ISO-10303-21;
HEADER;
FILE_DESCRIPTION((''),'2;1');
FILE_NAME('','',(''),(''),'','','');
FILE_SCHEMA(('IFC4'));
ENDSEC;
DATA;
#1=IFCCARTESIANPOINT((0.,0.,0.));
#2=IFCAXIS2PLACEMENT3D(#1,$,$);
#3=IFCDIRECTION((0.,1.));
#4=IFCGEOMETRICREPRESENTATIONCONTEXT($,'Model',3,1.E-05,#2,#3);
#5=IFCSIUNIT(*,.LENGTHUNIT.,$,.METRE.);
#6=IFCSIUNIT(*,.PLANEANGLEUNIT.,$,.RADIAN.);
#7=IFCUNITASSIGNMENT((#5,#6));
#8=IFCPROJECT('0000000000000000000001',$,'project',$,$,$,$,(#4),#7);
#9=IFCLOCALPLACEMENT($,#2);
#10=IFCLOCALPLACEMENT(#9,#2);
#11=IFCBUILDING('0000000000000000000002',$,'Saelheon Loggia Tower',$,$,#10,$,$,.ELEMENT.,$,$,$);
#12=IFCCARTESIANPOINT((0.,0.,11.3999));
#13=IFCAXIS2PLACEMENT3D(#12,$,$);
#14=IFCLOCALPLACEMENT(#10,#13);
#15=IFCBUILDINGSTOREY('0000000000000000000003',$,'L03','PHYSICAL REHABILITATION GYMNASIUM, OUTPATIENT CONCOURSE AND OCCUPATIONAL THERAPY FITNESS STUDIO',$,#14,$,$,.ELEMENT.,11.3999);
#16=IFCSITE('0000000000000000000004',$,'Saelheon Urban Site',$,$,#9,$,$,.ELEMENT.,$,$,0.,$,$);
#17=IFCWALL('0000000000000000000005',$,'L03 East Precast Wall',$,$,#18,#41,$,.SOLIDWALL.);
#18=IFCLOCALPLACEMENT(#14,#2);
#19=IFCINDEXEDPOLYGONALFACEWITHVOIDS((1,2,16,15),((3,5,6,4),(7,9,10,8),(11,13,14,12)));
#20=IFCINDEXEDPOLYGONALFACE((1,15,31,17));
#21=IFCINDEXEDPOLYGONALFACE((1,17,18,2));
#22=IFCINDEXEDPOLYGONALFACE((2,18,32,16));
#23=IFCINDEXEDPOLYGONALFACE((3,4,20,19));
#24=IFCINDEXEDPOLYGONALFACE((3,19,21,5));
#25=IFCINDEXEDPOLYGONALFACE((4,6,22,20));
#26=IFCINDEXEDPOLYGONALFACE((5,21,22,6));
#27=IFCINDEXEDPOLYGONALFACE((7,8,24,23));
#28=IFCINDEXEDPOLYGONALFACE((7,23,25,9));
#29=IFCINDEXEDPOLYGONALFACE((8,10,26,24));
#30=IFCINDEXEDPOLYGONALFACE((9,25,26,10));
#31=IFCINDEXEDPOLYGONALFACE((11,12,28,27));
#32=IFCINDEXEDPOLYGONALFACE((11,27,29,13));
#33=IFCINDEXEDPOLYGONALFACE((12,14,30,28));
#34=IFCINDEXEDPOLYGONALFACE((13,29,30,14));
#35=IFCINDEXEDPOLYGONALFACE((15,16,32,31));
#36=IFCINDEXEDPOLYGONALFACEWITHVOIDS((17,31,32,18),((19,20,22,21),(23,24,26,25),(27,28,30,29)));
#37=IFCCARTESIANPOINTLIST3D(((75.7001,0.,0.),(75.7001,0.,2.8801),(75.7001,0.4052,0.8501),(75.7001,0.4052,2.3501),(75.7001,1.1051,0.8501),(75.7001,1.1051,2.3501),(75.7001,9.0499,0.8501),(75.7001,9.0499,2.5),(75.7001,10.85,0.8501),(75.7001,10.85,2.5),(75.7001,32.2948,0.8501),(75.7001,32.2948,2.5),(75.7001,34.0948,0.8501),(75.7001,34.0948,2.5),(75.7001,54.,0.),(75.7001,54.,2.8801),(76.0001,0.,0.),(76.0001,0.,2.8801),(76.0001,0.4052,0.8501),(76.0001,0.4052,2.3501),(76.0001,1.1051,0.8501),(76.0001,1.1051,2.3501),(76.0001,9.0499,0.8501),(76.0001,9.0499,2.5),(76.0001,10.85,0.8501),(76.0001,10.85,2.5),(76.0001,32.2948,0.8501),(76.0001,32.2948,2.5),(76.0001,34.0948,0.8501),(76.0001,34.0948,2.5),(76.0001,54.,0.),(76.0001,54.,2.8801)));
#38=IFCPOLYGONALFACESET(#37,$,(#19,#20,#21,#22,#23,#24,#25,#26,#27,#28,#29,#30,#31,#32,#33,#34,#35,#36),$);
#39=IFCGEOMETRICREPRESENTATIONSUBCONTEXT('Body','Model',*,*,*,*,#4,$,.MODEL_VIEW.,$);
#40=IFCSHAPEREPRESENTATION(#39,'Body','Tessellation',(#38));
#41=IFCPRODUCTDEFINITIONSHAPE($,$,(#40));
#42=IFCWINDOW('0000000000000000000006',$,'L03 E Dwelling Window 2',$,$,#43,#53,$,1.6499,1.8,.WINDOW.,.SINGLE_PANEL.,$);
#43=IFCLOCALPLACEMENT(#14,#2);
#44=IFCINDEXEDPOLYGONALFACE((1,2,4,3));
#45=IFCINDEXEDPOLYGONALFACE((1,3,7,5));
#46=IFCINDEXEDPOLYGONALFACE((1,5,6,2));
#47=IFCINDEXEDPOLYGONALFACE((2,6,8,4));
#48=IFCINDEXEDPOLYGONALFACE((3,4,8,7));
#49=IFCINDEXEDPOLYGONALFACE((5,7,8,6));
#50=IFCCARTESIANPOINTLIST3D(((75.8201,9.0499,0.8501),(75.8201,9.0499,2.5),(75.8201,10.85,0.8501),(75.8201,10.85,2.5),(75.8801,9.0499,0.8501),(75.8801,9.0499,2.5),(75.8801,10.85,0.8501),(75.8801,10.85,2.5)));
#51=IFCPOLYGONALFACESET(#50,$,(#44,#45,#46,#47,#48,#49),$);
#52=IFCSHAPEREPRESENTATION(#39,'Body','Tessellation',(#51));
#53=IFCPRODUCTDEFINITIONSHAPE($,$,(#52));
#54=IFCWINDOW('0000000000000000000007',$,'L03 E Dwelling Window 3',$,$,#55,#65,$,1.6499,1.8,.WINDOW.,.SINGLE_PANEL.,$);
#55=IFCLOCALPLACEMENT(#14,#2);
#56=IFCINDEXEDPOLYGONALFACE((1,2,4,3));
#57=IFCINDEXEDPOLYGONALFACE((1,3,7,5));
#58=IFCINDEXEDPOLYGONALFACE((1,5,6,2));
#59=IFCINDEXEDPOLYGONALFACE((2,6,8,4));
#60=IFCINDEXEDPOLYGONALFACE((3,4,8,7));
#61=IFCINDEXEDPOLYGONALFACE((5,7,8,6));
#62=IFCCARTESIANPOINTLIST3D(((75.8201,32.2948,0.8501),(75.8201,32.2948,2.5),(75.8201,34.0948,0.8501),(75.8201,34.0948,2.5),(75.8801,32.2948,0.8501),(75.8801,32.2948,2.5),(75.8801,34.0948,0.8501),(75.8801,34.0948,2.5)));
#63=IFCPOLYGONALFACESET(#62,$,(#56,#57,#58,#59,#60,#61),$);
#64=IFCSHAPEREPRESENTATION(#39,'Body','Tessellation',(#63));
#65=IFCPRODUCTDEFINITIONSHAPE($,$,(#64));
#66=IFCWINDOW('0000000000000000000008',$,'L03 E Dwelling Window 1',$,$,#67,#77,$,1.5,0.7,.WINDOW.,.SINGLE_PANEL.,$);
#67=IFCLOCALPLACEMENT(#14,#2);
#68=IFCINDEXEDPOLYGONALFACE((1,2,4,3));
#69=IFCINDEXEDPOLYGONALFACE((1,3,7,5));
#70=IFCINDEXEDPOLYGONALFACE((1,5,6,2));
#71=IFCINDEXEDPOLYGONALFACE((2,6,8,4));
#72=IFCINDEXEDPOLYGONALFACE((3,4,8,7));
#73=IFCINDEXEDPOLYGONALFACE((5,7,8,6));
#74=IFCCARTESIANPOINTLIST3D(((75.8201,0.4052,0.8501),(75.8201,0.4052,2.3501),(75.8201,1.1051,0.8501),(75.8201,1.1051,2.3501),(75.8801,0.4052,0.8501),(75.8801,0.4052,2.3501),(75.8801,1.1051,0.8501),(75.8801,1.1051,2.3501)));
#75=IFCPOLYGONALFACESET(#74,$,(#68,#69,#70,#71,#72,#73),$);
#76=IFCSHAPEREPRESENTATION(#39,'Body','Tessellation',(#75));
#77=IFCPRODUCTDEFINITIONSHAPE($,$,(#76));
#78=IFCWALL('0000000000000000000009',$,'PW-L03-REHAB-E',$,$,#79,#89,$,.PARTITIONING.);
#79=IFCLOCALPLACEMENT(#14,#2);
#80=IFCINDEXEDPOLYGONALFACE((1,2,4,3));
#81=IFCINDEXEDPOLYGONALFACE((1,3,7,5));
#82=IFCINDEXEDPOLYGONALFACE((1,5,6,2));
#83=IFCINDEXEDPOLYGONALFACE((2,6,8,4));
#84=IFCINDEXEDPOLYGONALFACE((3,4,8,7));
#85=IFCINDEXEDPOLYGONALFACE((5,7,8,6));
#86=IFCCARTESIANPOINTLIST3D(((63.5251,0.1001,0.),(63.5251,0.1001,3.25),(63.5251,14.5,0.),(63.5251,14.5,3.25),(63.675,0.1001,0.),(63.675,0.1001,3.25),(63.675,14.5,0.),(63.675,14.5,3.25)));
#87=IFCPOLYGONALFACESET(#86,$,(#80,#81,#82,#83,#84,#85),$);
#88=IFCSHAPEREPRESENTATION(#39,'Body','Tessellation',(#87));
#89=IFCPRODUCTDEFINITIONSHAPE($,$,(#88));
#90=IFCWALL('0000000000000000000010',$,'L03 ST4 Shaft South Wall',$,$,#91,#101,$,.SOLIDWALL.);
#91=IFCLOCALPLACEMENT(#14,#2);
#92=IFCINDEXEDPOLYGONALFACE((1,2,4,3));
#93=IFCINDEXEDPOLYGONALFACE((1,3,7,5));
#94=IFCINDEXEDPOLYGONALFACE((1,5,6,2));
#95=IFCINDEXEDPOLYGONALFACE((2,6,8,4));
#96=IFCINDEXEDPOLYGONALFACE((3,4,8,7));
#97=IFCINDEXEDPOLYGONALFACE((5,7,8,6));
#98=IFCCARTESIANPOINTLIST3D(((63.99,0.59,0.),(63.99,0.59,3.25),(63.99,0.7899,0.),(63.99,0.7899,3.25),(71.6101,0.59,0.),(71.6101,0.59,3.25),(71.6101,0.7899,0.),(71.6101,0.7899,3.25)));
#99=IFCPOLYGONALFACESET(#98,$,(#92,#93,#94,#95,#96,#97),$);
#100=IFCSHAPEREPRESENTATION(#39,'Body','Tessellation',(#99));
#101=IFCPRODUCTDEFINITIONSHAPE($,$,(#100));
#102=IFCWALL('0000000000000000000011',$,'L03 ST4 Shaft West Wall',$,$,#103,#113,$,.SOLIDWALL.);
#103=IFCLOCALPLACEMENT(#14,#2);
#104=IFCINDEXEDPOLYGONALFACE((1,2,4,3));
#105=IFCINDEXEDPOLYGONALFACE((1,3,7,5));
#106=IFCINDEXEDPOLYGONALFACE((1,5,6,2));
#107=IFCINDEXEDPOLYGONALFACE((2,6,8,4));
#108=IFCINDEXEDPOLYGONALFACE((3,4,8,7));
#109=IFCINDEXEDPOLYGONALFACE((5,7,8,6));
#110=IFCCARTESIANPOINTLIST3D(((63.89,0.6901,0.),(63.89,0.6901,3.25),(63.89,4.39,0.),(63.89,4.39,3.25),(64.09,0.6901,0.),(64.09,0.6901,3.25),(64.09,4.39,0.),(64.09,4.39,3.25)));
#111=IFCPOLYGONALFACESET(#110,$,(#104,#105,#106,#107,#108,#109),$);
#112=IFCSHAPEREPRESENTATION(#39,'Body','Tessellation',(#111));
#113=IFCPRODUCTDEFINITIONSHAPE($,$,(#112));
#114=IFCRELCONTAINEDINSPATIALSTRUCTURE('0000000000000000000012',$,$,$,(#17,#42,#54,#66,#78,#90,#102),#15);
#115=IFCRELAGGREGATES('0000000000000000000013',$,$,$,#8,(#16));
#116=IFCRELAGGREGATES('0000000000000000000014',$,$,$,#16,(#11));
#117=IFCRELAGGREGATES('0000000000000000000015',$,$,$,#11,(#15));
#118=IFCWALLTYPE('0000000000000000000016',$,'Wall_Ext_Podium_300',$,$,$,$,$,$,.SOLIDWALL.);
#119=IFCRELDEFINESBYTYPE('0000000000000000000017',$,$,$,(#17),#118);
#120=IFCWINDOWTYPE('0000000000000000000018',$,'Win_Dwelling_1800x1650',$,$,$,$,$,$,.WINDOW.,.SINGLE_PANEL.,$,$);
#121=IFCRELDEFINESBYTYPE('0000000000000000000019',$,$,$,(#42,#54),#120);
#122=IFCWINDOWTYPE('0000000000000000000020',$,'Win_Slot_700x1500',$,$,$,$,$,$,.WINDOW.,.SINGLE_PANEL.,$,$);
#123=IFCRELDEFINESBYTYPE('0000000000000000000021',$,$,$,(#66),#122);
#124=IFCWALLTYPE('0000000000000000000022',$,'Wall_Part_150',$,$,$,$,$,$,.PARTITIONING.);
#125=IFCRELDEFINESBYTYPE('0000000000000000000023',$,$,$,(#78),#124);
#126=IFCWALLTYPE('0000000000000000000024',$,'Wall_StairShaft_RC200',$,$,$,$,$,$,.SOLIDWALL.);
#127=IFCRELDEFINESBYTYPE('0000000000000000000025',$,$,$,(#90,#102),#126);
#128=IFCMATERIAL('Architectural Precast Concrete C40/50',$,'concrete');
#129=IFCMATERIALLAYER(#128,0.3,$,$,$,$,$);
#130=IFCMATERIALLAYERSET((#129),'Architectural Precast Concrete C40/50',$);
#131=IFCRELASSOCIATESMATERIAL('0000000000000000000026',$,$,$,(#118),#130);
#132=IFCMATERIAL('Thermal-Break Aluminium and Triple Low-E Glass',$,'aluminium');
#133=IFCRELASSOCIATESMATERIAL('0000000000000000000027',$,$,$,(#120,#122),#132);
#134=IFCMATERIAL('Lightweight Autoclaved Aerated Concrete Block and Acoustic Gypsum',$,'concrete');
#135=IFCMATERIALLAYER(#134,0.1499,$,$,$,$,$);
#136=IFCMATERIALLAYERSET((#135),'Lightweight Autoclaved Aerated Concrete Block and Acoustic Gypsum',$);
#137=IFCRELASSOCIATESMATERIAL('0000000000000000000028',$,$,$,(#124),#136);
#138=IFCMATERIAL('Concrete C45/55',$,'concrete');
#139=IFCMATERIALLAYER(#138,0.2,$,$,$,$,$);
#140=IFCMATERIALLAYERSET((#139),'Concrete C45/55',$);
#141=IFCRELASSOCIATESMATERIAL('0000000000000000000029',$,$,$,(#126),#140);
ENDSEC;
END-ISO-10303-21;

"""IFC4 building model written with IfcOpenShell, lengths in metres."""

from ifc_helpers import new_model, si_unit, direction, frame, frame_2d, origin, place, context, subcontext, project, spatial, rectangle, extrude, source, transform, mapped, material, layer, layer_set, type_object, element, fill, save


model = new_model("IFC4")

# Units and contexts
model_context = context("Model", 3, precision=1e-05, world=origin(), true_north=direction((0.0, 1.0)))
body_context = subcontext(model_context, "Body", "Model", "MODEL_VIEW")
ifc_project = project(units=[si_unit("LENGTHUNIT", "METRE"), si_unit("PLANEANGLEUNIT", "RADIAN")], contexts=[model_context])

# Site, building, storey
site_placement = place(None, origin())
site = spatial("IfcSite", under=ifc_project, at=site_placement, Name="Saelheon Urban Site", CompositionType="ELEMENT", RefElevation=0.0)
building_placement = place(site_placement, origin())
building = spatial("IfcBuilding", under=site, at=building_placement, Name="Saelheon Loggia Tower", CompositionType="ELEMENT")
storey_placement = place(building_placement, frame((0.0, 0.0, 11.3999)))
storey = spatial("IfcBuildingStorey", under=building, at=storey_placement, Name="L03", Description="PHYSICAL REHABILITATION GYMNASIUM, OUTPATIENT CONCOURSE AND OCCUPATIONAL THERAPY FITNESS STUDIO", CompositionType="ELEMENT", Elevation=11.3999)

# Wall, openings, windows
ifc_material_1 = material(Name="Architectural Precast Concrete C40/50", Category="concrete")
ifc_layer_1 = layer(ifc_material_1, 0.3)
ifc_layer_set_1 = layer_set([ifc_layer_1], Name="Architectural Precast Concrete C40/50")
wall_type_1 = type_object("IfcWallType", Name="Wall_Ext_Podium_300", PredefinedType="SOLIDWALL", material=ifc_layer_set_1)
ifc_material_2 = material(Name="Thermal-Break Aluminium and Triple Low-E Glass", Category="aluminium")
window_type_1 = type_object("IfcWindowType", Name="Win_Dwelling_1800x1650", PartitioningType="SINGLE_PANEL", PredefinedType="WINDOW", material=ifc_material_2)
shared_shape_1 = source(origin(), body_context, "Body", "SweptSolid", [
    extrude(rectangle(XDim=1.8, YDim=1.6499, at=frame_2d((0.8999, 0.825))), frame((0.0, 0.03, 0.0), z_axis=(0.0, -1.0, 0.0), x_axis=(1.0, 0.0, 0.0)), (0.0, 0.0, 1.0), 0.0601),
])
wall_1_placement = place(storey_placement, frame((75.8501, 0.0, 0.0), z_axis=(0.0, 0.0, 1.0), x_axis=(0.0, 1.0, 0.0)))
wall_1 = element("IfcWall", 1, at=wall_1_placement, inside=storey, type_object=wall_type_1, Name="L03 East Precast Wall", PredefinedType="SOLIDWALL", context=body_context, shape_type="SweptSolid", body=[
    extrude(rectangle(XDim=54.0, YDim=0.3, at=frame_2d((27.0, 0.0))), origin(), (0.0, 0.0, 1.0), 2.8801),
])
opening_1_placement = place(wall_1_placement, frame((0.405, 0.0, 0.8501)))
opening_1 = element("IfcOpeningElement", 2, at=opening_1_placement, cuts=wall_1, PredefinedType="OPENING", context=body_context, shape_type="SweptSolid", body=[
    extrude(rectangle(XDim=0.7, YDim=1.5, at=frame_2d((0.3501, 0.75))), frame((0.0, 0.1621, 0.0), z_axis=(0.0, -1.0, 0.0), x_axis=(1.0, 0.0, 0.0)), (0.0, 0.0, 1.0), 0.324),
])
opening_2_placement = place(wall_1_placement, frame((9.05, 0.0, 0.8501)))
opening_2 = element("IfcOpeningElement", 3, at=opening_2_placement, cuts=wall_1, PredefinedType="OPENING", context=body_context, shape_type="SweptSolid", body=[
    extrude(rectangle(XDim=1.8, YDim=1.6499, at=frame_2d((0.8999, 0.825))), frame((0.0, 0.1621, 0.0), z_axis=(0.0, -1.0, 0.0), x_axis=(1.0, 0.0, 0.0)), (0.0, 0.0, 1.0), 0.324),
])
opening_3_placement = place(wall_1_placement, frame((32.2949, 0.0, 0.8501)))
opening_3 = element("IfcOpeningElement", 4, at=opening_3_placement, cuts=wall_1, PredefinedType="OPENING", context=body_context, shape_type="SweptSolid", body=[
    extrude(rectangle(XDim=1.8, YDim=1.6499, at=frame_2d((0.8999, 0.825))), frame((0.0, 0.1621, 0.0), z_axis=(0.0, -1.0, 0.0), x_axis=(1.0, 0.0, 0.0)), (0.0, 0.0, 1.0), 0.324),
])
window_1_placement = place(opening_2_placement, origin())
window_1 = element("IfcWindow", 5, at=window_1_placement, inside=storey, type_object=window_type_1, Name="L03 E Dwelling Window 2", OverallHeight=1.6499, OverallWidth=1.8, PartitioningType="SINGLE_PANEL", PredefinedType="WINDOW", context=body_context, shape_type="MappedRepresentation", body=[
    mapped(shared_shape_1, transform((0.0, 0.0, 0.0), scale=1.0)),
])
fill(opening_2, window_1)
window_2_placement = place(opening_3_placement, origin())
window_2 = element("IfcWindow", 6, at=window_2_placement, inside=storey, type_object=window_type_1, Name="L03 E Dwelling Window 3", OverallHeight=1.6499, OverallWidth=1.8, PartitioningType="SINGLE_PANEL", PredefinedType="WINDOW", context=body_context, shape_type="MappedRepresentation", body=[
    mapped(shared_shape_1, transform((0.0, 0.0, 0.0), scale=1.0)),
])
fill(opening_3, window_2)
window_type_2 = type_object("IfcWindowType", Name="Win_Slot_700x1500", PartitioningType="SINGLE_PANEL", PredefinedType="WINDOW", material=ifc_material_2)
shared_shape_2 = source(origin(), body_context, "Body", "SweptSolid", [
    extrude(rectangle(XDim=0.7, YDim=1.5, at=frame_2d((0.3501, 0.75))), frame((0.0, 0.03, 0.0), z_axis=(0.0, -1.0, 0.0), x_axis=(1.0, 0.0, 0.0)), (0.0, 0.0, 1.0), 0.0601),
])
window_3_placement = place(opening_1_placement, origin())
window_3 = element("IfcWindow", 7, at=window_3_placement, inside=storey, type_object=window_type_2, Name="L03 E Dwelling Window 1", OverallHeight=1.5, OverallWidth=0.7, PartitioningType="SINGLE_PANEL", PredefinedType="WINDOW", context=body_context, shape_type="MappedRepresentation", body=[
    mapped(shared_shape_2, transform((0.0, 0.0, 0.0), scale=1.0)),
])
fill(opening_1, window_3)

# Walls
ifc_material_3 = material(Name="Lightweight Autoclaved Aerated Concrete Block and Acoustic Gypsum", Category="concrete")
ifc_layer_2 = layer(ifc_material_3, 0.1499)
ifc_layer_set_2 = layer_set([ifc_layer_2], Name="Lightweight Autoclaved Aerated Concrete Block and Acoustic Gypsum")
wall_type_2 = type_object("IfcWallType", Name="Wall_Part_150", PredefinedType="PARTITIONING", material=ifc_layer_set_2)
wall_2_placement = place(storey_placement, frame((63.6001, 0.1001, 0.0), z_axis=(0.0, 0.0, 1.0), x_axis=(0.0, 1.0, 0.0)))
element("IfcWall", 8, at=wall_2_placement, inside=storey, type_object=wall_type_2, Name="PW-L03-REHAB-E", PredefinedType="PARTITIONING", context=body_context, shape_type="SweptSolid", body=[
    extrude(rectangle(XDim=14.3999, YDim=0.1499, at=frame_2d((7.2, 0.0))), origin(), (0.0, 0.0, 1.0), 3.25),
])
ifc_material_4 = material(Name="Concrete C45/55", Category="concrete")
ifc_layer_3 = layer(ifc_material_4, 0.2)
ifc_layer_set_3 = layer_set([ifc_layer_3], Name="Concrete C45/55")
wall_type_3 = type_object("IfcWallType", Name="Wall_StairShaft_RC200", PredefinedType="SOLIDWALL", material=ifc_layer_set_3)
wall_3_placement = place(storey_placement, frame((63.99, 0.6899, 0.0), z_axis=(0.0, 0.0, 1.0), x_axis=(1.0, 0.0, 0.0)))
element("IfcWall", 9, at=wall_3_placement, inside=storey, type_object=wall_type_3, Name="L03 ST4 Shaft South Wall", PredefinedType="SOLIDWALL", context=body_context, shape_type="SweptSolid", body=[
    extrude(rectangle(XDim=7.6201, YDim=0.2, at=frame_2d((3.8101, 0.0))), origin(), (0.0, 0.0, 1.0), 3.25),
])
wall_4_placement = place(storey_placement, frame((63.99, 0.6899, 0.0), z_axis=(0.0, 0.0, 1.0), x_axis=(0.0, 1.0, 0.0)))
element("IfcWall", 10, at=wall_4_placement, inside=storey, type_object=wall_type_3, Name="L03 ST4 Shaft West Wall", PredefinedType="SOLIDWALL", context=body_context, shape_type="SweptSolid", body=[
    extrude(rectangle(XDim=3.7, YDim=0.2, at=frame_2d((1.8501, 0.0))), origin(), (0.0, 0.0, 1.0), 3.25),
])

save(model, "model.ifc")
